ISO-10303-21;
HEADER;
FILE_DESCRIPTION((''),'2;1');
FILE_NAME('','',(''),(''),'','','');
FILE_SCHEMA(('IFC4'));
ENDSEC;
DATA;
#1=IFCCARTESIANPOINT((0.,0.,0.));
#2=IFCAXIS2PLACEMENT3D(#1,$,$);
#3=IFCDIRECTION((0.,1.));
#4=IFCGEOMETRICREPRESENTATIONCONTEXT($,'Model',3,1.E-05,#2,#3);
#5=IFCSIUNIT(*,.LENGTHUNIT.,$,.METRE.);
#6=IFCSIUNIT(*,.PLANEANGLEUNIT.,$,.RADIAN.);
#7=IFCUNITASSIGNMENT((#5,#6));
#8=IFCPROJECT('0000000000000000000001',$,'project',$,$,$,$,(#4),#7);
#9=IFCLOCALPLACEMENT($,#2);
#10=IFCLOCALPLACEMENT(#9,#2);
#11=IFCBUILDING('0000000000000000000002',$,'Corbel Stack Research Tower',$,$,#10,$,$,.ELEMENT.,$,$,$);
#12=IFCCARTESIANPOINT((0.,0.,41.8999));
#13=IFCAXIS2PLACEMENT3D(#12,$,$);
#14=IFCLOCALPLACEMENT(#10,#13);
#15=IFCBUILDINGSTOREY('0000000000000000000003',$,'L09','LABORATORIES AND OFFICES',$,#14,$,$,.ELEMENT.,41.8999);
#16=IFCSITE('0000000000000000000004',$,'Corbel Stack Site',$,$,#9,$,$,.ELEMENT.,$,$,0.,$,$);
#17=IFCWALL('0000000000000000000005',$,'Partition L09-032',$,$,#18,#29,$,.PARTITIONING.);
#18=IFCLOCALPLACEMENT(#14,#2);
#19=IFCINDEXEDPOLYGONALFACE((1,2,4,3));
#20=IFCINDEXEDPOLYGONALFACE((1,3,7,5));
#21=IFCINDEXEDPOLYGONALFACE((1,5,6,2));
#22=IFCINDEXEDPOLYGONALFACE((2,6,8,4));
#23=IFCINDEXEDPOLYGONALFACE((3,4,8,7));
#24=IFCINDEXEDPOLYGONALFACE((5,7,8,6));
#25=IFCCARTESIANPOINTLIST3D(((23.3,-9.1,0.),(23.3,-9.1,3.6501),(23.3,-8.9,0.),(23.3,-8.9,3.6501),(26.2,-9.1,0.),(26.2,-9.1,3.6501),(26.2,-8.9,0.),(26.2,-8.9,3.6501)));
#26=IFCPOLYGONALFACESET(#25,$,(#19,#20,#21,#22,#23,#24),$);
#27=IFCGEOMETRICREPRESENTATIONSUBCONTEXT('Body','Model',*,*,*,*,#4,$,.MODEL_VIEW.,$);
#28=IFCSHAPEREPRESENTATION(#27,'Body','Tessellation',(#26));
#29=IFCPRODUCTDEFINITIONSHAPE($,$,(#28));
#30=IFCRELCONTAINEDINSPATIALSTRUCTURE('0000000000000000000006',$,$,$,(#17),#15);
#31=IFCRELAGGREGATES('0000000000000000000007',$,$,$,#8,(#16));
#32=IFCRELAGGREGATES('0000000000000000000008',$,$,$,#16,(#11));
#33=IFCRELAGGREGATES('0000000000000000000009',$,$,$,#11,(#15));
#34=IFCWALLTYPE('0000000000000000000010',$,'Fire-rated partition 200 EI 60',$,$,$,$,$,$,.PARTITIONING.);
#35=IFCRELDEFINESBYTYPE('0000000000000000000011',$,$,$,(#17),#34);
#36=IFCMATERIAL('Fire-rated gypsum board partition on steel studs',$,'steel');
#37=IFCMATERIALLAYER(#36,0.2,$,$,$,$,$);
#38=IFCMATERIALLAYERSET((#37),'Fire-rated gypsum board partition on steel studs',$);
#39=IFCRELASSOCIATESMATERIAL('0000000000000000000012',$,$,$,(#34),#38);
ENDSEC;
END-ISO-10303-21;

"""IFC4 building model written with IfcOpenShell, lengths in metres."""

from ifc_helpers import new_model, si_unit, direction, frame, frame_2d, origin, place, context, subcontext, project, spatial, rectangle, extrude, material, layer, layer_set, type_object, element, save


model = new_model("IFC4")

# Units and contexts
model_context = context("Model", 3, precision=1e-05, world=origin(), true_north=direction((0.0, 1.0)))
body_context = subcontext(model_context, "Body", "Model", "MODEL_VIEW")
ifc_project = project(units=[si_unit("LENGTHUNIT", "METRE"), si_unit("PLANEANGLEUNIT", "RADIAN")], contexts=[model_context])

# Site, building, storey
site_placement = place(None, origin())
site = spatial("IfcSite", under=ifc_project, at=site_placement, Name="Corbel Stack Site", CompositionType="ELEMENT", RefElevation=0.0)
building_placement = place(site_placement, origin())
building = spatial("IfcBuilding", under=site, at=building_placement, Name="Corbel Stack Research Tower", CompositionType="ELEMENT")
storey_placement = place(building_placement, frame((0.0, 0.0, 41.8999)))
storey = spatial("IfcBuildingStorey", under=building, at=storey_placement, Name="L09", Description="LABORATORIES AND OFFICES", CompositionType="ELEMENT", Elevation=41.8999)

# Shared definitions
ifc_material_1 = material(Name="Fire-rated gypsum board partition on steel studs", Category="steel")
ifc_layer_1 = layer(ifc_material_1, 0.2)
ifc_layer_set_1 = layer_set([ifc_layer_1], Name="Fire-rated gypsum board partition on steel studs")
wall_type_1 = type_object("IfcWallType", Name="Fire-rated partition 200 EI 60", PredefinedType="PARTITIONING", material=ifc_layer_set_1)

# Wall
wall_1_placement = place(storey_placement, frame((23.3, -9.0, 0.0), z_axis=(0.0, 0.0, 1.0), x_axis=(1.0, 0.0, 0.0)))
element("IfcWall", 1, at=wall_1_placement, inside=storey, type_object=wall_type_1, Name="Partition L09-032", PredefinedType="PARTITIONING", context=body_context, shape_type="SweptSolid", body=[
    extrude(rectangle(XDim=2.8999, YDim=0.2, at=frame_2d((1.45, 0.0))), origin(), (0.0, 0.0, 1.0), 3.6501),
])

save(model, "model.ifc")
